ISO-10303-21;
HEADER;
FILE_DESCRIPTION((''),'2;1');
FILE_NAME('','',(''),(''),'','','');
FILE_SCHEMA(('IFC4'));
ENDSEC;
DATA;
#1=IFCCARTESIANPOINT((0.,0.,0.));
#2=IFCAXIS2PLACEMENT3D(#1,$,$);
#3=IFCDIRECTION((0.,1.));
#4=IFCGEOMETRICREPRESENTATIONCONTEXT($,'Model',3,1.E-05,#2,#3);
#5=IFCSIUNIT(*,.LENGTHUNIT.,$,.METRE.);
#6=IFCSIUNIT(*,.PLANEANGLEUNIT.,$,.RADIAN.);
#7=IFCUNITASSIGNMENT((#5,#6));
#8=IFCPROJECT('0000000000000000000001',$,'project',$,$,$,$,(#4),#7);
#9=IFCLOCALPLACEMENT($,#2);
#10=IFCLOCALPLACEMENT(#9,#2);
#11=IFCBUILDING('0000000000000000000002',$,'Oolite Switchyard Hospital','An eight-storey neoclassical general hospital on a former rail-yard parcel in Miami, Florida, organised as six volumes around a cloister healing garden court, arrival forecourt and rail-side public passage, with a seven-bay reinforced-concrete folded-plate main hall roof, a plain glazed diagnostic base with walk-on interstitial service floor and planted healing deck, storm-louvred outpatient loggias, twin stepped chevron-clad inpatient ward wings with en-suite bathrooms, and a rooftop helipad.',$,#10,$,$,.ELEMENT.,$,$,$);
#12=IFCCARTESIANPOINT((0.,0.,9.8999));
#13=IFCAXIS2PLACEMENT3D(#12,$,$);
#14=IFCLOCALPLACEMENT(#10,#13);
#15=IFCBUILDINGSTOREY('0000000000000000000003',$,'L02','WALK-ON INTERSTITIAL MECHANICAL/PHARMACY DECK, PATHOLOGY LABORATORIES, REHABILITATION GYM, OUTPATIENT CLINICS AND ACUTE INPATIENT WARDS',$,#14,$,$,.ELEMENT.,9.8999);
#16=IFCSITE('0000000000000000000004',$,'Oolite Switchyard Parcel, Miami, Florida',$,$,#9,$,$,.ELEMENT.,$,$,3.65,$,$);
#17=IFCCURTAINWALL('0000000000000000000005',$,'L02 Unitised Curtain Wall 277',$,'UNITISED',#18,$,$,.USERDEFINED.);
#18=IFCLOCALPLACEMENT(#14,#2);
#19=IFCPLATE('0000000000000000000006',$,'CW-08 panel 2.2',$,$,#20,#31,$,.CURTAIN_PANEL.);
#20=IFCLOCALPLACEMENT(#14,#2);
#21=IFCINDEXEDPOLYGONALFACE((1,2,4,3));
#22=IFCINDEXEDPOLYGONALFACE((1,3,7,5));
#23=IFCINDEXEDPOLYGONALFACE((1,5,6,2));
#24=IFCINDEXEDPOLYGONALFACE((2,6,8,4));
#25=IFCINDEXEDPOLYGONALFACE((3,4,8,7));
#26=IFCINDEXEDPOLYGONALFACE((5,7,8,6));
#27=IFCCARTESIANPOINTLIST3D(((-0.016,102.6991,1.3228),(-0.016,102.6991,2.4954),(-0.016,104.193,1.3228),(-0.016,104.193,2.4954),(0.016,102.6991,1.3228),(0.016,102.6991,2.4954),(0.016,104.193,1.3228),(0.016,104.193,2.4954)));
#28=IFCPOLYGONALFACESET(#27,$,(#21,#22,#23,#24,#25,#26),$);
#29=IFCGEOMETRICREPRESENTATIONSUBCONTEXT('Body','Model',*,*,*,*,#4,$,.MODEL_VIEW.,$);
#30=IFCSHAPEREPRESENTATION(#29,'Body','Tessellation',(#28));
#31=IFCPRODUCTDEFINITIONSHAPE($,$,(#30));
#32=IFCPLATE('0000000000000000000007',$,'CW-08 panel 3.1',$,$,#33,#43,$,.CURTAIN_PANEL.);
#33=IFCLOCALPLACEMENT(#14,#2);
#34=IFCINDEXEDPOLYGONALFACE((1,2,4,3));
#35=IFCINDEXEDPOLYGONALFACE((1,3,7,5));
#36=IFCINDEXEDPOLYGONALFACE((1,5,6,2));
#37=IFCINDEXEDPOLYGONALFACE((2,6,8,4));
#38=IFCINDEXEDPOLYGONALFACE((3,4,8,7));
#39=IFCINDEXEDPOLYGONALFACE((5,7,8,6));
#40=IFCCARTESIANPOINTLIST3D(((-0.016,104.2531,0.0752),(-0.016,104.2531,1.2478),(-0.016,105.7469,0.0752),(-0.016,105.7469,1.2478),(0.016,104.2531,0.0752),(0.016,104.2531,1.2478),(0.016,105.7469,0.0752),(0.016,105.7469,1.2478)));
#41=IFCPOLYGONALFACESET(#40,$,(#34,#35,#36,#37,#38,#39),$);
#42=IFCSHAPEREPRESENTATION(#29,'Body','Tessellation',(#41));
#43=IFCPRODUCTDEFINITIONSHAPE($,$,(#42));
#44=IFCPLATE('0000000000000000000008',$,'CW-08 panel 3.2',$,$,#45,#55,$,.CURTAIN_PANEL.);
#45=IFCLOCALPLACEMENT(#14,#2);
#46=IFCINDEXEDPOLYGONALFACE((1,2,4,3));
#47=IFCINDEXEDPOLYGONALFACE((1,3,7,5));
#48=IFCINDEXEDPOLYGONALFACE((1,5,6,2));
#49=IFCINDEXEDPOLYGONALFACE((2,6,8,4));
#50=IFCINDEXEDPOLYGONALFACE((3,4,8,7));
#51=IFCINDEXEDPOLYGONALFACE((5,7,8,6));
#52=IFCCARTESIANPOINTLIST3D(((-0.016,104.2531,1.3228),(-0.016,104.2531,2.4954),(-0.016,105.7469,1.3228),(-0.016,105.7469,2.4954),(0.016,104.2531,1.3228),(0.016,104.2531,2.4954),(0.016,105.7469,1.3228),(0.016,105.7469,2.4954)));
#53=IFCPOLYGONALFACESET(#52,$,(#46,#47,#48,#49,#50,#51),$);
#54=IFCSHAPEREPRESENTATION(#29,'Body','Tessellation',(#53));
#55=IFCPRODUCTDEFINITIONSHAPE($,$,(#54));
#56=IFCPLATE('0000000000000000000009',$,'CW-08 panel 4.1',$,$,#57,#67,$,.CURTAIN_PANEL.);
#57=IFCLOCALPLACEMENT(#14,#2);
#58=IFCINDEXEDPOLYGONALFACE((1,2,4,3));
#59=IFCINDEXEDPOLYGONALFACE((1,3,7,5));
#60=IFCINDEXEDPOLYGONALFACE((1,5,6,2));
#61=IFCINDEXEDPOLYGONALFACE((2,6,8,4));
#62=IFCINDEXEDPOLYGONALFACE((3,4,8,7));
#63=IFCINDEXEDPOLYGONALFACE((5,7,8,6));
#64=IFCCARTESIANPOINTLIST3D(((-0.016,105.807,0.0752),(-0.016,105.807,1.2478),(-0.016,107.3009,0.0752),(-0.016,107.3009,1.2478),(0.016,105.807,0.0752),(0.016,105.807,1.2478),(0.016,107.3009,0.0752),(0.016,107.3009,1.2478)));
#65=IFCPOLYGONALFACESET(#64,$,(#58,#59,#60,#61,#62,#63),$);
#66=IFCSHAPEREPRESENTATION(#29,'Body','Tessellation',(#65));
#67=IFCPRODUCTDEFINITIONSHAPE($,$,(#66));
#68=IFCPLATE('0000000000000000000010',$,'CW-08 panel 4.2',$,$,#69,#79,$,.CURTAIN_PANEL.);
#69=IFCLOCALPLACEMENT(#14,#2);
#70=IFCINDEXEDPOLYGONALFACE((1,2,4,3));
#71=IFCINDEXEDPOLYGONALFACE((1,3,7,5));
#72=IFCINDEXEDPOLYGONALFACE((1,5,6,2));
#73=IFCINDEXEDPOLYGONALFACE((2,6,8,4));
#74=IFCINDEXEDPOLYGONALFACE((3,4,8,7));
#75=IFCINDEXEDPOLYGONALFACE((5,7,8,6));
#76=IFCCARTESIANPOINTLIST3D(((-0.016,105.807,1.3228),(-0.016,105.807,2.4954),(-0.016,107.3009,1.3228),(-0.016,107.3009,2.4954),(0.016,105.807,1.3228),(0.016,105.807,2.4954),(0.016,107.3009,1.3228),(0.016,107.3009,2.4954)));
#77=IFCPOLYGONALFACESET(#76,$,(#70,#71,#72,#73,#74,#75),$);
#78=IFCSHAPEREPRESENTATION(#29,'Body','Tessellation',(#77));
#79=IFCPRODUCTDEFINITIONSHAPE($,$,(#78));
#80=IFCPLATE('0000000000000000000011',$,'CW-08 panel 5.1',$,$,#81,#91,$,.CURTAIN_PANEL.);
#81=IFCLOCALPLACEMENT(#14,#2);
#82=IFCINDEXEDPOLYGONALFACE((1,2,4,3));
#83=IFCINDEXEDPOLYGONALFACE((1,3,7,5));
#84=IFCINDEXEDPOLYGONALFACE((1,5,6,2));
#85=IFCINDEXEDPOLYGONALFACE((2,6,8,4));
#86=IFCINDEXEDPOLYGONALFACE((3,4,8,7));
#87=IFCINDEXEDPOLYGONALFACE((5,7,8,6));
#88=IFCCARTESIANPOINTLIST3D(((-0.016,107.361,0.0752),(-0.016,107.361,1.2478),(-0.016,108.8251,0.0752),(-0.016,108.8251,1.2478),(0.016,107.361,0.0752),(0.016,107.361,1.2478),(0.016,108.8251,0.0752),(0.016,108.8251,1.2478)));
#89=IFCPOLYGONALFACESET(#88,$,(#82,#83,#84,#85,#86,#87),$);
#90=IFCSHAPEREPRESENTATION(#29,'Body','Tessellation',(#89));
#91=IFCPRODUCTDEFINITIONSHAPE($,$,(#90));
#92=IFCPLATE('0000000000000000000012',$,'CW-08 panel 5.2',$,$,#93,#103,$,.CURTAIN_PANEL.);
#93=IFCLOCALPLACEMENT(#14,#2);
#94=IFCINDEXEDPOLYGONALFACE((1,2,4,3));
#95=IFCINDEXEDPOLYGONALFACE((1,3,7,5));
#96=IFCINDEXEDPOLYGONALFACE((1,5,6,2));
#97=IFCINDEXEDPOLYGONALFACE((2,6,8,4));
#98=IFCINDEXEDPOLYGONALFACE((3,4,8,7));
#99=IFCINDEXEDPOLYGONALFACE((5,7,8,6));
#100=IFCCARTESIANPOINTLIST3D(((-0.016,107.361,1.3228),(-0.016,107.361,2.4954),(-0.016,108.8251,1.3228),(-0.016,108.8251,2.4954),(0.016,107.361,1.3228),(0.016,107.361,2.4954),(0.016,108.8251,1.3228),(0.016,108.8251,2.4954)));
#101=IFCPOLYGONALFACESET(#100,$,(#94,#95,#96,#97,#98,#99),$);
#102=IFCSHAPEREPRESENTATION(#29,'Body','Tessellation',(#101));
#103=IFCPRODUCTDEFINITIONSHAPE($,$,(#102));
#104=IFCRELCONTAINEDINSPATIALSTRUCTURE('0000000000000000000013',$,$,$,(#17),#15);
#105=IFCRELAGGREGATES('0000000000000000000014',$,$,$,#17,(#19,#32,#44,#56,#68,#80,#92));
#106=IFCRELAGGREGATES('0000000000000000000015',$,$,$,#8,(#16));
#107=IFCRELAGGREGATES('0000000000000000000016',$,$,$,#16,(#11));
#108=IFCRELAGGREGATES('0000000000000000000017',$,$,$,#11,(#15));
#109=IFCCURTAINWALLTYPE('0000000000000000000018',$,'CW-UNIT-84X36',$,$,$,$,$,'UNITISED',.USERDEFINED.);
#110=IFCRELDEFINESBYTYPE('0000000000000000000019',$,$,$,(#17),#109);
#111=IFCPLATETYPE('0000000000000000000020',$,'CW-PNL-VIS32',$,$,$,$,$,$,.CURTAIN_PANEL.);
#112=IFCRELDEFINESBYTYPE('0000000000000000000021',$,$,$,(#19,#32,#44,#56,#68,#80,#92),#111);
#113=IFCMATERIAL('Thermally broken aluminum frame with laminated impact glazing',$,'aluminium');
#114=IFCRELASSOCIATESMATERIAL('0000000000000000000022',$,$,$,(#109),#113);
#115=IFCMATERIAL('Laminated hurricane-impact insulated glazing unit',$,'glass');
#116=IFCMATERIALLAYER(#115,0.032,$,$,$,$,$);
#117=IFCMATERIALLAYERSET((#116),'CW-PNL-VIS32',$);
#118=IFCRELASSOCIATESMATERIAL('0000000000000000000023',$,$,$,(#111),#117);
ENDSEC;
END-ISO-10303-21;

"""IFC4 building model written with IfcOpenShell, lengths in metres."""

from ifc_helpers import new_model, si_unit, direction, frame, origin, origin_2d, place, context, subcontext, project, spatial, rectangle, extrude, material, layer, layer_set, type_object, element, aggregate, save


model = new_model("IFC4")

# Units and contexts
model_context = context("Model", 3, precision=1e-05, world=origin(), true_north=direction((0.0, 1.0)))
body_context = subcontext(model_context, "Body", "Model", "MODEL_VIEW")
ifc_project = project(units=[si_unit("LENGTHUNIT", "METRE"), si_unit("PLANEANGLEUNIT", "RADIAN")], contexts=[model_context])

# Site, building, storey
site_placement = place(None, origin())
site = spatial("IfcSite", under=ifc_project, at=site_placement, Name="Oolite Switchyard Parcel, Miami, Florida", CompositionType="ELEMENT", RefElevation=3.65)
building_placement = place(site_placement, origin())
building = spatial("IfcBuilding", under=site, at=building_placement, Name="Oolite Switchyard Hospital", Description="An eight-storey neoclassical general hospital on a former rail-yard parcel in Miami, Florida, organised as six volumes around a cloister healing garden court, arrival forecourt and rail-side public passage, with a seven-bay reinforced-concrete folded-plate main hall roof, a plain glazed diagnostic base with walk-on interstitial service floor and planted healing deck, storm-louvred outpatient loggias, twin stepped chevron-clad inpatient ward wings with en-suite bathrooms, and a rooftop helipad.", CompositionType="ELEMENT")
storey_placement = place(building_placement, frame((0.0, 0.0, 9.8999)))
storey = spatial("IfcBuildingStorey", under=building, at=storey_placement, Name="L02", Description="WALK-ON INTERSTITIAL MECHANICAL/PHARMACY DECK, PATHOLOGY LABORATORIES, REHABILITATION GYM, OUTPATIENT CLINICS AND ACUTE INPATIENT WARDS", CompositionType="ELEMENT", Elevation=9.8999)

# Curtain wall, plates
ifc_material_1 = material(Name="Thermally broken aluminum frame with laminated impact glazing", Category="aluminium")
curtain_wall_type = type_object("IfcCurtainWallType", Name="CW-UNIT-84X36", ElementType="UNITISED", PredefinedType="USERDEFINED", material=ifc_material_1)
curtain_wall_placement = place(storey_placement, origin())
curtain_wall = element("IfcCurtainWall", 1, at=curtain_wall_placement, inside=storey, type_object=curtain_wall_type, Name="L02 Unitised Curtain Wall 277", ObjectType="UNITISED", PredefinedType="USERDEFINED")
ifc_material_2 = material(Name="Laminated hurricane-impact insulated glazing unit", Category="glass")
ifc_layer = layer(ifc_material_2, 0.032)
ifc_layer_set = layer_set([ifc_layer], Name="CW-PNL-VIS32")
plate_type = type_object("IfcPlateType", Name="CW-PNL-VIS32", PredefinedType="CURTAIN_PANEL", material=ifc_layer_set)
plate_1_placement = place(storey_placement, frame((0.0, 103.446, 1.3228), z_axis=(0.0, 0.0, 1.0), x_axis=(0.0, 1.0, 0.0)))
plate_1 = element("IfcPlate", 2, at=plate_1_placement, type_object=plate_type, Name="CW-08 panel 2.2", PredefinedType="CURTAIN_PANEL", context=body_context, shape_type="SweptSolid", body=[
    extrude(rectangle(XDim=1.4939, YDim=0.032, at=origin_2d()), origin(), (0.0, 0.0, 1.0), 1.1726),
])
plate_2_placement = place(storey_placement, frame((0.0, 105.0, 0.0752), z_axis=(0.0, 0.0, 1.0), x_axis=(0.0, 1.0, 0.0)))
plate_2 = element("IfcPlate", 3, at=plate_2_placement, type_object=plate_type, Name="CW-08 panel 3.1", PredefinedType="CURTAIN_PANEL", context=body_context, shape_type="SweptSolid", body=[
    extrude(rectangle(XDim=1.4939, YDim=0.032, at=origin_2d()), origin(), (0.0, 0.0, 1.0), 1.1726),
])
plate_3_placement = place(storey_placement, frame((0.0, 105.0, 1.3228), z_axis=(0.0, 0.0, 1.0), x_axis=(0.0, 1.0, 0.0)))
plate_3 = element("IfcPlate", 4, at=plate_3_placement, type_object=plate_type, Name="CW-08 panel 3.2", PredefinedType="CURTAIN_PANEL", context=body_context, shape_type="SweptSolid", body=[
    extrude(rectangle(XDim=1.4939, YDim=0.032, at=origin_2d()), origin(), (0.0, 0.0, 1.0), 1.1726),
])
plate_4_placement = place(storey_placement, frame((0.0, 106.554, 0.0752), z_axis=(0.0, 0.0, 1.0), x_axis=(0.0, 1.0, 0.0)))
plate_4 = element("IfcPlate", 5, at=plate_4_placement, type_object=plate_type, Name="CW-08 panel 4.1", PredefinedType="CURTAIN_PANEL", context=body_context, shape_type="SweptSolid", body=[
    extrude(rectangle(XDim=1.4939, YDim=0.032, at=origin_2d()), origin(), (0.0, 0.0, 1.0), 1.1726),
])
plate_5_placement = place(storey_placement, frame((0.0, 106.554, 1.3228), z_axis=(0.0, 0.0, 1.0), x_axis=(0.0, 1.0, 0.0)))
plate_5 = element("IfcPlate", 6, at=plate_5_placement, type_object=plate_type, Name="CW-08 panel 4.2", PredefinedType="CURTAIN_PANEL", context=body_context, shape_type="SweptSolid", body=[
    extrude(rectangle(XDim=1.4939, YDim=0.032, at=origin_2d()), origin(), (0.0, 0.0, 1.0), 1.1726),
])
plate_6_placement = place(storey_placement, frame((0.0, 108.093, 0.0752), z_axis=(0.0, 0.0, 1.0), x_axis=(0.0, 1.0, 0.0)))
plate_6 = element("IfcPlate", 7, at=plate_6_placement, type_object=plate_type, Name="CW-08 panel 5.1", PredefinedType="CURTAIN_PANEL", context=body_context, shape_type="SweptSolid", body=[
    extrude(rectangle(XDim=1.4641, YDim=0.032, at=origin_2d()), origin(), (0.0, 0.0, 1.0), 1.1726),
])
plate_7_placement = place(storey_placement, frame((0.0, 108.093, 1.3228), z_axis=(0.0, 0.0, 1.0), x_axis=(0.0, 1.0, 0.0)))
plate_7 = element("IfcPlate", 8, at=plate_7_placement, type_object=plate_type, Name="CW-08 panel 5.2", PredefinedType="CURTAIN_PANEL", context=body_context, shape_type="SweptSolid", body=[
    extrude(rectangle(XDim=1.4641, YDim=0.032, at=origin_2d()), origin(), (0.0, 0.0, 1.0), 1.1726),
])
aggregate(curtain_wall, [plate_1, plate_2, plate_3, plate_4, plate_5, plate_6, plate_7])

save(model, "model.ifc")
